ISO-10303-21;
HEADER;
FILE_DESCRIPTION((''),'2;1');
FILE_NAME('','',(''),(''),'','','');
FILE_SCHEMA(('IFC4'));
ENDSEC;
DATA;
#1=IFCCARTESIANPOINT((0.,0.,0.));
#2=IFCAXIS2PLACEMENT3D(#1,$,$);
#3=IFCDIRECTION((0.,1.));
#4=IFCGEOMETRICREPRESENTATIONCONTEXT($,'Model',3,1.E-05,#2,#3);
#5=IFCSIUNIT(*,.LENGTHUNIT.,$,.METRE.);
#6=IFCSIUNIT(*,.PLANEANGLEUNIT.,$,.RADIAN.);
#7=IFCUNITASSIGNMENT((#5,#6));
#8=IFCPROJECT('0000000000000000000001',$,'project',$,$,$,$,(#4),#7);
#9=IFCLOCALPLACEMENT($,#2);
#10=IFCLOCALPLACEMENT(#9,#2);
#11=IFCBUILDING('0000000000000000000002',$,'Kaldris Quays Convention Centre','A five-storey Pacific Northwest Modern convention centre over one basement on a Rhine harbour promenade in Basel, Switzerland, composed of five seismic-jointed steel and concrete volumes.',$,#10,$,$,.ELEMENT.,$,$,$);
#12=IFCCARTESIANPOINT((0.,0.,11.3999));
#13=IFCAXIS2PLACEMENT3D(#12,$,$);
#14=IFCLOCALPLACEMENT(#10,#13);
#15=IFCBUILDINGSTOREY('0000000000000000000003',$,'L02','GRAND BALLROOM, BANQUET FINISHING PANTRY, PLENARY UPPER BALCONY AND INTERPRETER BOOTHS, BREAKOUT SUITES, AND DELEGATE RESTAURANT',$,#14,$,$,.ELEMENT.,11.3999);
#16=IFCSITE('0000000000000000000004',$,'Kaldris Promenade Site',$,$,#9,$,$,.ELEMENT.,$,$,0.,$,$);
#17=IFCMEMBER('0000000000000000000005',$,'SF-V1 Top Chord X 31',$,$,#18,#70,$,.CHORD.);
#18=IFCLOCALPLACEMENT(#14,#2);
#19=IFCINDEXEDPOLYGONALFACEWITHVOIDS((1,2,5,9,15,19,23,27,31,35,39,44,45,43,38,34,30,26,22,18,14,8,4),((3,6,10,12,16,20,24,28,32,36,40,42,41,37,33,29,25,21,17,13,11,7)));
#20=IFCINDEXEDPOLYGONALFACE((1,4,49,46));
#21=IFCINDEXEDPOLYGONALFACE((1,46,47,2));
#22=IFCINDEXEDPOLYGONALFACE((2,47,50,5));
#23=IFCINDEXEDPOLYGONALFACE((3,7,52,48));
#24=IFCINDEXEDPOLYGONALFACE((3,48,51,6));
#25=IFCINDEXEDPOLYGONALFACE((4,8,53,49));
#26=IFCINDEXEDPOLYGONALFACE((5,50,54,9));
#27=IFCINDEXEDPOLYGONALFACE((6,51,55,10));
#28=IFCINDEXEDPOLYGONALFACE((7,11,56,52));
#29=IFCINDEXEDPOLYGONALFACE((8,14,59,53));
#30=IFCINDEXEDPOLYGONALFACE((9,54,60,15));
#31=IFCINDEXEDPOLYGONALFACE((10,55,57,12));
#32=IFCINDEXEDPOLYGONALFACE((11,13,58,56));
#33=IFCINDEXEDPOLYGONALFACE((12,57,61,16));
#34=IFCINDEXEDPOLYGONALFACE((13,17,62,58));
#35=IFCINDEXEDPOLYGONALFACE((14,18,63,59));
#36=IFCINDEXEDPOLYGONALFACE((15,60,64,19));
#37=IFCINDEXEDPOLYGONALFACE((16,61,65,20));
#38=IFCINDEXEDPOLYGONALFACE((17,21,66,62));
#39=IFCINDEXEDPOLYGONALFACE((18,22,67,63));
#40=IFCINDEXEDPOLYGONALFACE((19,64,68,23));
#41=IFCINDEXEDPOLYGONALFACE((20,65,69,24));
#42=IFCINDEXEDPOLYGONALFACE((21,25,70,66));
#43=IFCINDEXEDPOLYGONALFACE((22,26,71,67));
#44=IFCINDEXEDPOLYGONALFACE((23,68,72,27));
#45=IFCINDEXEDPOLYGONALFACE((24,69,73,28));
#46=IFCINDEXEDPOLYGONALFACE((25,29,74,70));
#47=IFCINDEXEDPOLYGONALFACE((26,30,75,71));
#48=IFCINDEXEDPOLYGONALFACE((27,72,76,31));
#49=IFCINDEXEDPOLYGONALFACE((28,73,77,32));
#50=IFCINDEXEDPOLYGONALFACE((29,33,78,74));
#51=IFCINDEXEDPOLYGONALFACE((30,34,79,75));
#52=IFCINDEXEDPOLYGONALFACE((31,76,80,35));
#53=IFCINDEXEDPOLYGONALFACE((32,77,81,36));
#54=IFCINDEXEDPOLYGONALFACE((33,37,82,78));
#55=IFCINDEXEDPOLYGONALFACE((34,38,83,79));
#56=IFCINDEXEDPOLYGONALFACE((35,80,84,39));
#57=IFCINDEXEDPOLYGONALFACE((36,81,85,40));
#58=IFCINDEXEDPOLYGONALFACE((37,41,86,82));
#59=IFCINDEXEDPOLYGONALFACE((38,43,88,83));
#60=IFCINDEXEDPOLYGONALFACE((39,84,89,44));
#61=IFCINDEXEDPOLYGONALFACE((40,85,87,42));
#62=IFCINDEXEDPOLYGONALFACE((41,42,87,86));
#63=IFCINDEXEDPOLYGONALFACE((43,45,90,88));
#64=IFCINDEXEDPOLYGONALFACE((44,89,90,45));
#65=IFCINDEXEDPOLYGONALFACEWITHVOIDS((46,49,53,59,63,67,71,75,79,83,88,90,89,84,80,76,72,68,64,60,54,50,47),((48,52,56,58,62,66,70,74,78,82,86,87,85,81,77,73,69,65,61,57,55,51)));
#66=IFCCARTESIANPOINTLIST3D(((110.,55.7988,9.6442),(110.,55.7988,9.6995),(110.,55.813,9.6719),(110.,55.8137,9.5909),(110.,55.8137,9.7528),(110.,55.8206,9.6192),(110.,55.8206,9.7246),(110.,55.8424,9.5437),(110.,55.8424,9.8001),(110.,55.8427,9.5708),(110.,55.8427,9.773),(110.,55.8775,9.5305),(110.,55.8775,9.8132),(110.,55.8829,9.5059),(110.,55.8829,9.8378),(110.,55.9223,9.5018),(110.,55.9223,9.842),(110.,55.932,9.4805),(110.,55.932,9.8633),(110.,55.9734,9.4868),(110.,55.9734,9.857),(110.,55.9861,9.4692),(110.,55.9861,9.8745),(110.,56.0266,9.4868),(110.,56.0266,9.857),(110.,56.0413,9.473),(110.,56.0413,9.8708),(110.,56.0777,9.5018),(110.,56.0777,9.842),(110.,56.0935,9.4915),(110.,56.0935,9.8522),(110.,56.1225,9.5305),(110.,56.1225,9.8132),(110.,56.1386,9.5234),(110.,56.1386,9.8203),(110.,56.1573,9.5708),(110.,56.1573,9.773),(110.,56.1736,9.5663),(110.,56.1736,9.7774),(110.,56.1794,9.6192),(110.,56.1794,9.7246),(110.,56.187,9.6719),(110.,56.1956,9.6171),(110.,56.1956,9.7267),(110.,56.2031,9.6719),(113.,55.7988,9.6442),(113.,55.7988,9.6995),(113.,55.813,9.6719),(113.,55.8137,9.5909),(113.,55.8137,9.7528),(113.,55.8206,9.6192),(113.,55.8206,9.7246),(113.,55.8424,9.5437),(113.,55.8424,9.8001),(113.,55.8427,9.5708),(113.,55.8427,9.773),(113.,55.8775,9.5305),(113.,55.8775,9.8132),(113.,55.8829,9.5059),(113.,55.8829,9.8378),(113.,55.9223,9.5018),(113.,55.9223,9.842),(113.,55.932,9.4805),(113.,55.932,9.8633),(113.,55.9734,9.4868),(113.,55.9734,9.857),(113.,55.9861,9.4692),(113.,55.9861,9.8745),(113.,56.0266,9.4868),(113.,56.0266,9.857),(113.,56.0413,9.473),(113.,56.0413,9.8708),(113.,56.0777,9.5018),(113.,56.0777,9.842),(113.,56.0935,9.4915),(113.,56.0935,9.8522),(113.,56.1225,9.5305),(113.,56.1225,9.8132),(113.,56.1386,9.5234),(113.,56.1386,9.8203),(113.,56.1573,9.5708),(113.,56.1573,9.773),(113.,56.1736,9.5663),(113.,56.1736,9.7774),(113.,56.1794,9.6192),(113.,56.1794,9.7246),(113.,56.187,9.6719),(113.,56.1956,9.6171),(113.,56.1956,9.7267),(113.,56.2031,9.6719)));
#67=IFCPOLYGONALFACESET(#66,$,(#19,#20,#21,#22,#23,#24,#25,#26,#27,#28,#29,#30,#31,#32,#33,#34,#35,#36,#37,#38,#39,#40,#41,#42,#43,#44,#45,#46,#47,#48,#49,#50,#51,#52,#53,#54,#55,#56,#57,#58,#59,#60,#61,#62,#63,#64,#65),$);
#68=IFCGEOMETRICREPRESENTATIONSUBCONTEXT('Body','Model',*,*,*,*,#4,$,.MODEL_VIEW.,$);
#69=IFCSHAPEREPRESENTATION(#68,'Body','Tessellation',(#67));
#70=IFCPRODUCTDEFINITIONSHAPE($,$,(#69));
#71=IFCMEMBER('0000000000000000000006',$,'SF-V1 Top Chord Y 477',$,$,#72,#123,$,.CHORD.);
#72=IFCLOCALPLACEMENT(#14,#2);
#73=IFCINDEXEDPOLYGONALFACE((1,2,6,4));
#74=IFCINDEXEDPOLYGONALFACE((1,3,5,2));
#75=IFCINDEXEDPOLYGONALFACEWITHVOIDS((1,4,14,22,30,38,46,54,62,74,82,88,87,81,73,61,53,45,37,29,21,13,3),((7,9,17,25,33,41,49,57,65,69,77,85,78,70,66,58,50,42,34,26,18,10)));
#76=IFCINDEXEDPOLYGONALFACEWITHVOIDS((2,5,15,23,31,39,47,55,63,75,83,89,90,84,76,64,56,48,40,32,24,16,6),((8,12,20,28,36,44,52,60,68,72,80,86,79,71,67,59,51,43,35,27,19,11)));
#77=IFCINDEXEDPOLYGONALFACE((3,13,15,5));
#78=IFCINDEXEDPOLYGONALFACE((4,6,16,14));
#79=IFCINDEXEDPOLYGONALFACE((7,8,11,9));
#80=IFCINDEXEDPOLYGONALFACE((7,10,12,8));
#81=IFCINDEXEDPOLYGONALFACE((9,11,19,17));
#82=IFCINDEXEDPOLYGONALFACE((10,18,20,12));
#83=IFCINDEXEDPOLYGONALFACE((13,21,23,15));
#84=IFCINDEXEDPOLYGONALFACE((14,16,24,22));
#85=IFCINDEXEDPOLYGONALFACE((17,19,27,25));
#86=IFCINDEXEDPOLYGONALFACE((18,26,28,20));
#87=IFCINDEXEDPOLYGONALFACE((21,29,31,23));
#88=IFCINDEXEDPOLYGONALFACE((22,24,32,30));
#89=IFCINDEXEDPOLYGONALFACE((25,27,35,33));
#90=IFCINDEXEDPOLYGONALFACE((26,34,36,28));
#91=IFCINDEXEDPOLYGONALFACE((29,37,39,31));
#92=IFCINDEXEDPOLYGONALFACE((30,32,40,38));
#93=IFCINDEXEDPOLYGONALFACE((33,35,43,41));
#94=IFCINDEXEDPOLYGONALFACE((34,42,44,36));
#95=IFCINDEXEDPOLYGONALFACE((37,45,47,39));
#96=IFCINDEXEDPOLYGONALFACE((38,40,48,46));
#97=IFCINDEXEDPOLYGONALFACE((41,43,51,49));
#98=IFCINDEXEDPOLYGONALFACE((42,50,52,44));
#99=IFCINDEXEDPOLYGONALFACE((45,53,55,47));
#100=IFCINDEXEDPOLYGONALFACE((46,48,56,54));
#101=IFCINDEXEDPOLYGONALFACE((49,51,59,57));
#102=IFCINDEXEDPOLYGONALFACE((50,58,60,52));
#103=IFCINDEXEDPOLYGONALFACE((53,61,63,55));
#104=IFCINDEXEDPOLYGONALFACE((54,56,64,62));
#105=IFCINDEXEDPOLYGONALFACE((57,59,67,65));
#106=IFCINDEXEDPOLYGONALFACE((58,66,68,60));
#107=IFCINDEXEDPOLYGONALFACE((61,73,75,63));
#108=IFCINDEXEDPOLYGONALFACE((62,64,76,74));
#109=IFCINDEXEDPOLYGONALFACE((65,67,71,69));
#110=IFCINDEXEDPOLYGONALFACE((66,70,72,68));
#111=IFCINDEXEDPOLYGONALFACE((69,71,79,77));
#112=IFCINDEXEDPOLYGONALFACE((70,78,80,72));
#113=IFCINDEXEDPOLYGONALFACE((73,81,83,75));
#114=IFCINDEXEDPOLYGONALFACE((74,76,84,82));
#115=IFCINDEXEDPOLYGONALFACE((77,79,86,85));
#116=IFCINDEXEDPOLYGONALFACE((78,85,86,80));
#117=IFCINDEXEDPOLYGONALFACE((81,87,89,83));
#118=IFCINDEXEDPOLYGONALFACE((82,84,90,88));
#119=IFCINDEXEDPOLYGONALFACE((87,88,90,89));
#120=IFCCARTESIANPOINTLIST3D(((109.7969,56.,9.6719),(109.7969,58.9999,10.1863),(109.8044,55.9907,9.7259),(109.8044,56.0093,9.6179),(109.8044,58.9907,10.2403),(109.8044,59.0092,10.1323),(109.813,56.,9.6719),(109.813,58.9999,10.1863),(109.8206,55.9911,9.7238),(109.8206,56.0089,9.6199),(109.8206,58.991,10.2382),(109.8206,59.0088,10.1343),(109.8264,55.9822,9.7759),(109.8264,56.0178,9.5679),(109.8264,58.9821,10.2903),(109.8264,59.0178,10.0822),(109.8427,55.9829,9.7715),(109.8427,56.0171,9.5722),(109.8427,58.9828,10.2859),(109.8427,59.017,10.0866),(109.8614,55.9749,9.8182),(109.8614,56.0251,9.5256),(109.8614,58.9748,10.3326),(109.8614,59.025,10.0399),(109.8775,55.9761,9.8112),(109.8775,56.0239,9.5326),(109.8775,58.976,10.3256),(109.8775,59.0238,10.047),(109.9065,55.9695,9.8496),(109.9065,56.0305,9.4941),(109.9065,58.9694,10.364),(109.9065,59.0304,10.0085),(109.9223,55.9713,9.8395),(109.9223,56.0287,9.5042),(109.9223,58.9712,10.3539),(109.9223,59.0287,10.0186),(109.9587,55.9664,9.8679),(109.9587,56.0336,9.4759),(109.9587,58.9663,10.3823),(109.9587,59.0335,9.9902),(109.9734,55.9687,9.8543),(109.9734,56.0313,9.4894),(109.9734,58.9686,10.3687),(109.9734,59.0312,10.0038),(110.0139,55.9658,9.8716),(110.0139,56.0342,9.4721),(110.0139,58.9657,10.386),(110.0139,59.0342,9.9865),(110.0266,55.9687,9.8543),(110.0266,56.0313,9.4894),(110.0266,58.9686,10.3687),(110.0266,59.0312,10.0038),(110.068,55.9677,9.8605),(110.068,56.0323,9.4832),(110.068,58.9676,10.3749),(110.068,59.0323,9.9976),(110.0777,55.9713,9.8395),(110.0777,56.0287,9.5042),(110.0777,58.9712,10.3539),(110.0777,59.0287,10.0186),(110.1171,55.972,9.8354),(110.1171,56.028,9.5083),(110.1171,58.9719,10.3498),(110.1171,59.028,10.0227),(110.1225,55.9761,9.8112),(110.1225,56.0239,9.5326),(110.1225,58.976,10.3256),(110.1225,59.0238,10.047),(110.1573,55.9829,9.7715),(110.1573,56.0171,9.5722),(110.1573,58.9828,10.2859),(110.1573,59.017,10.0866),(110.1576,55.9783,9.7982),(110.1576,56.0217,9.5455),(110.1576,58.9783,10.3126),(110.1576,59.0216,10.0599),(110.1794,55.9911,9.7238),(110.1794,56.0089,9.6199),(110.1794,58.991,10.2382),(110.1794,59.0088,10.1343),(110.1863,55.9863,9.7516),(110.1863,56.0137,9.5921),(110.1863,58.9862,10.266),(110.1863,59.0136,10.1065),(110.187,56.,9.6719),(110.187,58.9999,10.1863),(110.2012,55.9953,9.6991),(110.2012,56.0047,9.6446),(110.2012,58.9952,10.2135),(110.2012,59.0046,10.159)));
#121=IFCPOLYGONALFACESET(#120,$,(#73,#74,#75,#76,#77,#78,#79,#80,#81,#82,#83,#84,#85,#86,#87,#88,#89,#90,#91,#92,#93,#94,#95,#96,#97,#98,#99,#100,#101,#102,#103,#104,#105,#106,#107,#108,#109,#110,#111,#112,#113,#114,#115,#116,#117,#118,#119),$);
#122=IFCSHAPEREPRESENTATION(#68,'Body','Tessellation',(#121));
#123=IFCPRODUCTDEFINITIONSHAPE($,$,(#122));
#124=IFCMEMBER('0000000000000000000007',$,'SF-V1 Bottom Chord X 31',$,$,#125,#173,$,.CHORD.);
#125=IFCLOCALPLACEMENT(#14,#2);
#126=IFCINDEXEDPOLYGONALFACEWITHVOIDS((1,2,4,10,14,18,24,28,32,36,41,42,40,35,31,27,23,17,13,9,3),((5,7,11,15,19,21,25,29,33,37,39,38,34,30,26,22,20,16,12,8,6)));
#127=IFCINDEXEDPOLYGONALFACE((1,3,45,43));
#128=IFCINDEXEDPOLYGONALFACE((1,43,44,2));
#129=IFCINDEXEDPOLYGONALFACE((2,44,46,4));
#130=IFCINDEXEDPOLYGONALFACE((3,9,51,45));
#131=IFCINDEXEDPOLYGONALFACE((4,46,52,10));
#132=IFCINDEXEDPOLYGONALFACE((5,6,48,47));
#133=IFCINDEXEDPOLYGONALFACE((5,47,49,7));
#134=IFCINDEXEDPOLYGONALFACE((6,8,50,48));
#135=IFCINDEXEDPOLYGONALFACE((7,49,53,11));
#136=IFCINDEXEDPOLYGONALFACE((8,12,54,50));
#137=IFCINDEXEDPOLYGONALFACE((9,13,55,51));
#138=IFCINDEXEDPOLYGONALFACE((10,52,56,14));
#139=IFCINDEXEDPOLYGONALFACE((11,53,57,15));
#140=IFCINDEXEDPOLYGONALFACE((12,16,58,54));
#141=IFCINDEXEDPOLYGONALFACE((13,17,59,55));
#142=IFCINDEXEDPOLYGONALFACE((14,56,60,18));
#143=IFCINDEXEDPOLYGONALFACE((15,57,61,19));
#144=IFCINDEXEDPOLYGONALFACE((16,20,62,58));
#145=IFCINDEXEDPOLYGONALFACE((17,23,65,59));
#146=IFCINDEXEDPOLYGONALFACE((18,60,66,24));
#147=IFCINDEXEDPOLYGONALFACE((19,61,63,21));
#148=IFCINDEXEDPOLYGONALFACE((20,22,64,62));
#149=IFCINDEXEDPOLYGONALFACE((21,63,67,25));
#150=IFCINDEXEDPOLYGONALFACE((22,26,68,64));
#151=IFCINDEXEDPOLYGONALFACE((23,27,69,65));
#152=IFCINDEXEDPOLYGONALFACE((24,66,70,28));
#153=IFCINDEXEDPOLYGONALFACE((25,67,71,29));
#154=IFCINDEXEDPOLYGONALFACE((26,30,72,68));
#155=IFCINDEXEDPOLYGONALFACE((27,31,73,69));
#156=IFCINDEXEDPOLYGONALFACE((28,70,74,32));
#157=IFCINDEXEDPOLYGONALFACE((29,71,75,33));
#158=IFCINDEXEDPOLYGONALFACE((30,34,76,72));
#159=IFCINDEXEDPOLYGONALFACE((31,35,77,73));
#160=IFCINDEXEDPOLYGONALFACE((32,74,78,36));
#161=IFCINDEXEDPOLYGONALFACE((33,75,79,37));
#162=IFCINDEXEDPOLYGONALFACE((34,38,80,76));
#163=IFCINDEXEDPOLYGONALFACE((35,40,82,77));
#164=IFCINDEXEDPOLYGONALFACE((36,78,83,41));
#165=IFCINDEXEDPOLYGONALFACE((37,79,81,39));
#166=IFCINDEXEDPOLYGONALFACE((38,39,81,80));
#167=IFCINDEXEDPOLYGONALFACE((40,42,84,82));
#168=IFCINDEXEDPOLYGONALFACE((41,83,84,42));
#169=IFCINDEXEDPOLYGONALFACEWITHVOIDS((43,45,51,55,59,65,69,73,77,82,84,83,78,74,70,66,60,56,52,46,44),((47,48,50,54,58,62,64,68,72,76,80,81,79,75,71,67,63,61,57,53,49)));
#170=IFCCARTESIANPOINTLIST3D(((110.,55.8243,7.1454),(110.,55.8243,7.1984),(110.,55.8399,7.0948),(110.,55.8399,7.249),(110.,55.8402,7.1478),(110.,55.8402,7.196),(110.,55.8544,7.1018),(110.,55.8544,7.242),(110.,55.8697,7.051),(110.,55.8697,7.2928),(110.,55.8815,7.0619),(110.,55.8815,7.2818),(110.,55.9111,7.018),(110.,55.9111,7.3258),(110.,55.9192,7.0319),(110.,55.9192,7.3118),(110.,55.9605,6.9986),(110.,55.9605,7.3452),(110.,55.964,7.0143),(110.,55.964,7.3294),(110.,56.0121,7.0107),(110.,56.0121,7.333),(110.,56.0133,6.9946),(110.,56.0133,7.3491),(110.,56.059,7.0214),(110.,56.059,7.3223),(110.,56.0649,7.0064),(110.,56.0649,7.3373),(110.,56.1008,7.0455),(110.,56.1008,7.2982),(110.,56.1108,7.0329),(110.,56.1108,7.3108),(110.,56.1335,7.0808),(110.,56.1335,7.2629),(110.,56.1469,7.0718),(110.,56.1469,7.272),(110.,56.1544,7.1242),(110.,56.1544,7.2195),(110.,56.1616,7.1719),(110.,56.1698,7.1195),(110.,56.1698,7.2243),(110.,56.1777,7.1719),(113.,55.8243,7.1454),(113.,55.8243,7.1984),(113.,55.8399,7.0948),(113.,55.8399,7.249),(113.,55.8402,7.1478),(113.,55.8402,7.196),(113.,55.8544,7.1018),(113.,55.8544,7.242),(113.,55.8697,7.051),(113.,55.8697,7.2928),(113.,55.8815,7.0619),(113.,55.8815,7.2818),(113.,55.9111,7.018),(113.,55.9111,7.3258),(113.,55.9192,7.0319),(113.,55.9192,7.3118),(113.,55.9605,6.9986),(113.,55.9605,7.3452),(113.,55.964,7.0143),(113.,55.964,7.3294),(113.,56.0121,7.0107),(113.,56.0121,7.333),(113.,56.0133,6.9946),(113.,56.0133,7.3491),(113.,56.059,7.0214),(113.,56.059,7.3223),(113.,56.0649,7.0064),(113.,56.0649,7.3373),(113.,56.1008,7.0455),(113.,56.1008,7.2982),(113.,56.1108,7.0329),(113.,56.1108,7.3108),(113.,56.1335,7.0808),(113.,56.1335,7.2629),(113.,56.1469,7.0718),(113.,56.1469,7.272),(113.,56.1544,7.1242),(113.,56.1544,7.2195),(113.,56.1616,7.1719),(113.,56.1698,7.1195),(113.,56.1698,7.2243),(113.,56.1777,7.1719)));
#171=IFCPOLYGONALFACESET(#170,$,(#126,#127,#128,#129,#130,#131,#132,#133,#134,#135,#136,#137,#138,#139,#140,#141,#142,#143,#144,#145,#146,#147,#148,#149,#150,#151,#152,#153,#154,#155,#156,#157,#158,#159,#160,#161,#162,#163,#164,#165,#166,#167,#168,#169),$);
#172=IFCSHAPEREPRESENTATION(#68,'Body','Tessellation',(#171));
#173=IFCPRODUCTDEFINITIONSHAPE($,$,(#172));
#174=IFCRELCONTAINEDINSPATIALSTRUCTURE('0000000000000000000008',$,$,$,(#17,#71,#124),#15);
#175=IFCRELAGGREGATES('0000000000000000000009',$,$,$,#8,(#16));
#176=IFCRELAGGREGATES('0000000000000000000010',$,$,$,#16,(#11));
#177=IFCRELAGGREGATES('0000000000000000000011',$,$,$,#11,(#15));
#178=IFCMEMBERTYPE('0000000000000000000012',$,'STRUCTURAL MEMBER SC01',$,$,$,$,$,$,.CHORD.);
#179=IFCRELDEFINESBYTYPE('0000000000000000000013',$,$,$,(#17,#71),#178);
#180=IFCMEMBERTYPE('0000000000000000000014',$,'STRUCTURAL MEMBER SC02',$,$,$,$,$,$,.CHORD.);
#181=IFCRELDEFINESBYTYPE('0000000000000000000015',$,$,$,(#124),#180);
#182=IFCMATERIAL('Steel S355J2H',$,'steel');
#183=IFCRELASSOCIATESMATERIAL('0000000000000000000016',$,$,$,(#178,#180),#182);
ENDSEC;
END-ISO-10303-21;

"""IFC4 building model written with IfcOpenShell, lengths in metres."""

from ifc_helpers import new_model, si_unit, direction, frame, origin, origin_2d, place, context, subcontext, project, spatial, hollow_circle, extrude, material, material_profile, profile_set, type_object, element, save


model = new_model("IFC4")

# Units and contexts
model_context = context("Model", 3, precision=1e-05, world=origin(), true_north=direction((0.0, 1.0)))
body_context = subcontext(model_context, "Body", "Model", "MODEL_VIEW")
ifc_project = project(units=[si_unit("LENGTHUNIT", "METRE"), si_unit("PLANEANGLEUNIT", "RADIAN")], contexts=[model_context])

# Site, building, storey
site_placement = place(None, origin())
site = spatial("IfcSite", under=ifc_project, at=site_placement, Name="Kaldris Promenade Site", CompositionType="ELEMENT", RefElevation=0.0)
building_placement = place(site_placement, origin())
building = spatial("IfcBuilding", under=site, at=building_placement, Name="Kaldris Quays Convention Centre", Description="A five-storey Pacific Northwest Modern convention centre over one basement on a Rhine harbour promenade in Basel, Switzerland, composed of five seismic-jointed steel and concrete volumes.", CompositionType="ELEMENT")
storey_placement = place(building_placement, frame((0.0, 0.0, 11.3999)))
storey = spatial("IfcBuildingStorey", under=building, at=storey_placement, Name="L02", Description="GRAND BALLROOM, BANQUET FINISHING PANTRY, PLENARY UPPER BALCONY AND INTERPRETER BOOTHS, BREAKOUT SUITES, AND DELEGATE RESTAURANT", CompositionType="ELEMENT", Elevation=11.3999)

# Members
ifc_material_1 = material(Name="Steel S355J2H", Category="steel")
ifc_material_profile_1 = material_profile(ifc_material_1, hollow_circle(Radius=0.2031, WallThickness=0.0161, at=origin_2d()), Name="CHS 406.4x16")
ifc_profile_set_1 = profile_set([ifc_material_profile_1], Name="Steel S355J2H")
member_type_1 = type_object("IfcMemberType", Name="STRUCTURAL MEMBER SC01", PredefinedType="CHORD", material=ifc_profile_set_1)
member_1_placement = place(storey_placement, frame((110.0, 56.0, 9.6719), z_axis=(1.0, 0.0, 0.0), x_axis=(0.0, 1.0, 0.0)))
element("IfcMember", 1, at=member_1_placement, inside=storey, type_object=member_type_1, Name="SF-V1 Top Chord X 31", PredefinedType="CHORD", context=body_context, shape_type="SweptSolid", body=[
    extrude(hollow_circle(Radius=0.2031, WallThickness=0.0161, at=origin_2d()), origin(), (0.0, 0.0, 1.0), 3.0),
])
member_2_placement = place(storey_placement, frame((110.0, 56.0, 9.6719), z_axis=(0.0, 0.985616, 0.169002), x_axis=(-1.0, 0.0, 0.0)))
element("IfcMember", 2, at=member_2_placement, inside=storey, type_object=member_type_1, Name="SF-V1 Top Chord Y 477", PredefinedType="CHORD", context=body_context, shape_type="SweptSolid", body=[
    extrude(hollow_circle(Radius=0.2031, WallThickness=0.0161, at=origin_2d()), origin(), (0.0, 0.0, 1.0), 3.0437),
])
ifc_material_profile_2 = material_profile(ifc_material_1, hollow_circle(Radius=0.1777, WallThickness=0.0161, at=origin_2d()), Name="CHS 355.6x16")
ifc_profile_set_2 = profile_set([ifc_material_profile_2], Name="Steel S355J2H")
member_type_2 = type_object("IfcMemberType", Name="STRUCTURAL MEMBER SC02", PredefinedType="CHORD", material=ifc_profile_set_2)
member_3_placement = place(storey_placement, frame((110.0, 56.0, 7.1719), z_axis=(1.0, 0.0, 0.0), x_axis=(0.0, 1.0, 0.0)))
element("IfcMember", 3, at=member_3_placement, inside=storey, type_object=member_type_2, Name="SF-V1 Bottom Chord X 31", PredefinedType="CHORD", context=body_context, shape_type="SweptSolid", body=[
    extrude(hollow_circle(Radius=0.1777, WallThickness=0.0161, at=origin_2d()), origin(), (0.0, 0.0, 1.0), 3.0),
])

save(model, "model.ifc")
